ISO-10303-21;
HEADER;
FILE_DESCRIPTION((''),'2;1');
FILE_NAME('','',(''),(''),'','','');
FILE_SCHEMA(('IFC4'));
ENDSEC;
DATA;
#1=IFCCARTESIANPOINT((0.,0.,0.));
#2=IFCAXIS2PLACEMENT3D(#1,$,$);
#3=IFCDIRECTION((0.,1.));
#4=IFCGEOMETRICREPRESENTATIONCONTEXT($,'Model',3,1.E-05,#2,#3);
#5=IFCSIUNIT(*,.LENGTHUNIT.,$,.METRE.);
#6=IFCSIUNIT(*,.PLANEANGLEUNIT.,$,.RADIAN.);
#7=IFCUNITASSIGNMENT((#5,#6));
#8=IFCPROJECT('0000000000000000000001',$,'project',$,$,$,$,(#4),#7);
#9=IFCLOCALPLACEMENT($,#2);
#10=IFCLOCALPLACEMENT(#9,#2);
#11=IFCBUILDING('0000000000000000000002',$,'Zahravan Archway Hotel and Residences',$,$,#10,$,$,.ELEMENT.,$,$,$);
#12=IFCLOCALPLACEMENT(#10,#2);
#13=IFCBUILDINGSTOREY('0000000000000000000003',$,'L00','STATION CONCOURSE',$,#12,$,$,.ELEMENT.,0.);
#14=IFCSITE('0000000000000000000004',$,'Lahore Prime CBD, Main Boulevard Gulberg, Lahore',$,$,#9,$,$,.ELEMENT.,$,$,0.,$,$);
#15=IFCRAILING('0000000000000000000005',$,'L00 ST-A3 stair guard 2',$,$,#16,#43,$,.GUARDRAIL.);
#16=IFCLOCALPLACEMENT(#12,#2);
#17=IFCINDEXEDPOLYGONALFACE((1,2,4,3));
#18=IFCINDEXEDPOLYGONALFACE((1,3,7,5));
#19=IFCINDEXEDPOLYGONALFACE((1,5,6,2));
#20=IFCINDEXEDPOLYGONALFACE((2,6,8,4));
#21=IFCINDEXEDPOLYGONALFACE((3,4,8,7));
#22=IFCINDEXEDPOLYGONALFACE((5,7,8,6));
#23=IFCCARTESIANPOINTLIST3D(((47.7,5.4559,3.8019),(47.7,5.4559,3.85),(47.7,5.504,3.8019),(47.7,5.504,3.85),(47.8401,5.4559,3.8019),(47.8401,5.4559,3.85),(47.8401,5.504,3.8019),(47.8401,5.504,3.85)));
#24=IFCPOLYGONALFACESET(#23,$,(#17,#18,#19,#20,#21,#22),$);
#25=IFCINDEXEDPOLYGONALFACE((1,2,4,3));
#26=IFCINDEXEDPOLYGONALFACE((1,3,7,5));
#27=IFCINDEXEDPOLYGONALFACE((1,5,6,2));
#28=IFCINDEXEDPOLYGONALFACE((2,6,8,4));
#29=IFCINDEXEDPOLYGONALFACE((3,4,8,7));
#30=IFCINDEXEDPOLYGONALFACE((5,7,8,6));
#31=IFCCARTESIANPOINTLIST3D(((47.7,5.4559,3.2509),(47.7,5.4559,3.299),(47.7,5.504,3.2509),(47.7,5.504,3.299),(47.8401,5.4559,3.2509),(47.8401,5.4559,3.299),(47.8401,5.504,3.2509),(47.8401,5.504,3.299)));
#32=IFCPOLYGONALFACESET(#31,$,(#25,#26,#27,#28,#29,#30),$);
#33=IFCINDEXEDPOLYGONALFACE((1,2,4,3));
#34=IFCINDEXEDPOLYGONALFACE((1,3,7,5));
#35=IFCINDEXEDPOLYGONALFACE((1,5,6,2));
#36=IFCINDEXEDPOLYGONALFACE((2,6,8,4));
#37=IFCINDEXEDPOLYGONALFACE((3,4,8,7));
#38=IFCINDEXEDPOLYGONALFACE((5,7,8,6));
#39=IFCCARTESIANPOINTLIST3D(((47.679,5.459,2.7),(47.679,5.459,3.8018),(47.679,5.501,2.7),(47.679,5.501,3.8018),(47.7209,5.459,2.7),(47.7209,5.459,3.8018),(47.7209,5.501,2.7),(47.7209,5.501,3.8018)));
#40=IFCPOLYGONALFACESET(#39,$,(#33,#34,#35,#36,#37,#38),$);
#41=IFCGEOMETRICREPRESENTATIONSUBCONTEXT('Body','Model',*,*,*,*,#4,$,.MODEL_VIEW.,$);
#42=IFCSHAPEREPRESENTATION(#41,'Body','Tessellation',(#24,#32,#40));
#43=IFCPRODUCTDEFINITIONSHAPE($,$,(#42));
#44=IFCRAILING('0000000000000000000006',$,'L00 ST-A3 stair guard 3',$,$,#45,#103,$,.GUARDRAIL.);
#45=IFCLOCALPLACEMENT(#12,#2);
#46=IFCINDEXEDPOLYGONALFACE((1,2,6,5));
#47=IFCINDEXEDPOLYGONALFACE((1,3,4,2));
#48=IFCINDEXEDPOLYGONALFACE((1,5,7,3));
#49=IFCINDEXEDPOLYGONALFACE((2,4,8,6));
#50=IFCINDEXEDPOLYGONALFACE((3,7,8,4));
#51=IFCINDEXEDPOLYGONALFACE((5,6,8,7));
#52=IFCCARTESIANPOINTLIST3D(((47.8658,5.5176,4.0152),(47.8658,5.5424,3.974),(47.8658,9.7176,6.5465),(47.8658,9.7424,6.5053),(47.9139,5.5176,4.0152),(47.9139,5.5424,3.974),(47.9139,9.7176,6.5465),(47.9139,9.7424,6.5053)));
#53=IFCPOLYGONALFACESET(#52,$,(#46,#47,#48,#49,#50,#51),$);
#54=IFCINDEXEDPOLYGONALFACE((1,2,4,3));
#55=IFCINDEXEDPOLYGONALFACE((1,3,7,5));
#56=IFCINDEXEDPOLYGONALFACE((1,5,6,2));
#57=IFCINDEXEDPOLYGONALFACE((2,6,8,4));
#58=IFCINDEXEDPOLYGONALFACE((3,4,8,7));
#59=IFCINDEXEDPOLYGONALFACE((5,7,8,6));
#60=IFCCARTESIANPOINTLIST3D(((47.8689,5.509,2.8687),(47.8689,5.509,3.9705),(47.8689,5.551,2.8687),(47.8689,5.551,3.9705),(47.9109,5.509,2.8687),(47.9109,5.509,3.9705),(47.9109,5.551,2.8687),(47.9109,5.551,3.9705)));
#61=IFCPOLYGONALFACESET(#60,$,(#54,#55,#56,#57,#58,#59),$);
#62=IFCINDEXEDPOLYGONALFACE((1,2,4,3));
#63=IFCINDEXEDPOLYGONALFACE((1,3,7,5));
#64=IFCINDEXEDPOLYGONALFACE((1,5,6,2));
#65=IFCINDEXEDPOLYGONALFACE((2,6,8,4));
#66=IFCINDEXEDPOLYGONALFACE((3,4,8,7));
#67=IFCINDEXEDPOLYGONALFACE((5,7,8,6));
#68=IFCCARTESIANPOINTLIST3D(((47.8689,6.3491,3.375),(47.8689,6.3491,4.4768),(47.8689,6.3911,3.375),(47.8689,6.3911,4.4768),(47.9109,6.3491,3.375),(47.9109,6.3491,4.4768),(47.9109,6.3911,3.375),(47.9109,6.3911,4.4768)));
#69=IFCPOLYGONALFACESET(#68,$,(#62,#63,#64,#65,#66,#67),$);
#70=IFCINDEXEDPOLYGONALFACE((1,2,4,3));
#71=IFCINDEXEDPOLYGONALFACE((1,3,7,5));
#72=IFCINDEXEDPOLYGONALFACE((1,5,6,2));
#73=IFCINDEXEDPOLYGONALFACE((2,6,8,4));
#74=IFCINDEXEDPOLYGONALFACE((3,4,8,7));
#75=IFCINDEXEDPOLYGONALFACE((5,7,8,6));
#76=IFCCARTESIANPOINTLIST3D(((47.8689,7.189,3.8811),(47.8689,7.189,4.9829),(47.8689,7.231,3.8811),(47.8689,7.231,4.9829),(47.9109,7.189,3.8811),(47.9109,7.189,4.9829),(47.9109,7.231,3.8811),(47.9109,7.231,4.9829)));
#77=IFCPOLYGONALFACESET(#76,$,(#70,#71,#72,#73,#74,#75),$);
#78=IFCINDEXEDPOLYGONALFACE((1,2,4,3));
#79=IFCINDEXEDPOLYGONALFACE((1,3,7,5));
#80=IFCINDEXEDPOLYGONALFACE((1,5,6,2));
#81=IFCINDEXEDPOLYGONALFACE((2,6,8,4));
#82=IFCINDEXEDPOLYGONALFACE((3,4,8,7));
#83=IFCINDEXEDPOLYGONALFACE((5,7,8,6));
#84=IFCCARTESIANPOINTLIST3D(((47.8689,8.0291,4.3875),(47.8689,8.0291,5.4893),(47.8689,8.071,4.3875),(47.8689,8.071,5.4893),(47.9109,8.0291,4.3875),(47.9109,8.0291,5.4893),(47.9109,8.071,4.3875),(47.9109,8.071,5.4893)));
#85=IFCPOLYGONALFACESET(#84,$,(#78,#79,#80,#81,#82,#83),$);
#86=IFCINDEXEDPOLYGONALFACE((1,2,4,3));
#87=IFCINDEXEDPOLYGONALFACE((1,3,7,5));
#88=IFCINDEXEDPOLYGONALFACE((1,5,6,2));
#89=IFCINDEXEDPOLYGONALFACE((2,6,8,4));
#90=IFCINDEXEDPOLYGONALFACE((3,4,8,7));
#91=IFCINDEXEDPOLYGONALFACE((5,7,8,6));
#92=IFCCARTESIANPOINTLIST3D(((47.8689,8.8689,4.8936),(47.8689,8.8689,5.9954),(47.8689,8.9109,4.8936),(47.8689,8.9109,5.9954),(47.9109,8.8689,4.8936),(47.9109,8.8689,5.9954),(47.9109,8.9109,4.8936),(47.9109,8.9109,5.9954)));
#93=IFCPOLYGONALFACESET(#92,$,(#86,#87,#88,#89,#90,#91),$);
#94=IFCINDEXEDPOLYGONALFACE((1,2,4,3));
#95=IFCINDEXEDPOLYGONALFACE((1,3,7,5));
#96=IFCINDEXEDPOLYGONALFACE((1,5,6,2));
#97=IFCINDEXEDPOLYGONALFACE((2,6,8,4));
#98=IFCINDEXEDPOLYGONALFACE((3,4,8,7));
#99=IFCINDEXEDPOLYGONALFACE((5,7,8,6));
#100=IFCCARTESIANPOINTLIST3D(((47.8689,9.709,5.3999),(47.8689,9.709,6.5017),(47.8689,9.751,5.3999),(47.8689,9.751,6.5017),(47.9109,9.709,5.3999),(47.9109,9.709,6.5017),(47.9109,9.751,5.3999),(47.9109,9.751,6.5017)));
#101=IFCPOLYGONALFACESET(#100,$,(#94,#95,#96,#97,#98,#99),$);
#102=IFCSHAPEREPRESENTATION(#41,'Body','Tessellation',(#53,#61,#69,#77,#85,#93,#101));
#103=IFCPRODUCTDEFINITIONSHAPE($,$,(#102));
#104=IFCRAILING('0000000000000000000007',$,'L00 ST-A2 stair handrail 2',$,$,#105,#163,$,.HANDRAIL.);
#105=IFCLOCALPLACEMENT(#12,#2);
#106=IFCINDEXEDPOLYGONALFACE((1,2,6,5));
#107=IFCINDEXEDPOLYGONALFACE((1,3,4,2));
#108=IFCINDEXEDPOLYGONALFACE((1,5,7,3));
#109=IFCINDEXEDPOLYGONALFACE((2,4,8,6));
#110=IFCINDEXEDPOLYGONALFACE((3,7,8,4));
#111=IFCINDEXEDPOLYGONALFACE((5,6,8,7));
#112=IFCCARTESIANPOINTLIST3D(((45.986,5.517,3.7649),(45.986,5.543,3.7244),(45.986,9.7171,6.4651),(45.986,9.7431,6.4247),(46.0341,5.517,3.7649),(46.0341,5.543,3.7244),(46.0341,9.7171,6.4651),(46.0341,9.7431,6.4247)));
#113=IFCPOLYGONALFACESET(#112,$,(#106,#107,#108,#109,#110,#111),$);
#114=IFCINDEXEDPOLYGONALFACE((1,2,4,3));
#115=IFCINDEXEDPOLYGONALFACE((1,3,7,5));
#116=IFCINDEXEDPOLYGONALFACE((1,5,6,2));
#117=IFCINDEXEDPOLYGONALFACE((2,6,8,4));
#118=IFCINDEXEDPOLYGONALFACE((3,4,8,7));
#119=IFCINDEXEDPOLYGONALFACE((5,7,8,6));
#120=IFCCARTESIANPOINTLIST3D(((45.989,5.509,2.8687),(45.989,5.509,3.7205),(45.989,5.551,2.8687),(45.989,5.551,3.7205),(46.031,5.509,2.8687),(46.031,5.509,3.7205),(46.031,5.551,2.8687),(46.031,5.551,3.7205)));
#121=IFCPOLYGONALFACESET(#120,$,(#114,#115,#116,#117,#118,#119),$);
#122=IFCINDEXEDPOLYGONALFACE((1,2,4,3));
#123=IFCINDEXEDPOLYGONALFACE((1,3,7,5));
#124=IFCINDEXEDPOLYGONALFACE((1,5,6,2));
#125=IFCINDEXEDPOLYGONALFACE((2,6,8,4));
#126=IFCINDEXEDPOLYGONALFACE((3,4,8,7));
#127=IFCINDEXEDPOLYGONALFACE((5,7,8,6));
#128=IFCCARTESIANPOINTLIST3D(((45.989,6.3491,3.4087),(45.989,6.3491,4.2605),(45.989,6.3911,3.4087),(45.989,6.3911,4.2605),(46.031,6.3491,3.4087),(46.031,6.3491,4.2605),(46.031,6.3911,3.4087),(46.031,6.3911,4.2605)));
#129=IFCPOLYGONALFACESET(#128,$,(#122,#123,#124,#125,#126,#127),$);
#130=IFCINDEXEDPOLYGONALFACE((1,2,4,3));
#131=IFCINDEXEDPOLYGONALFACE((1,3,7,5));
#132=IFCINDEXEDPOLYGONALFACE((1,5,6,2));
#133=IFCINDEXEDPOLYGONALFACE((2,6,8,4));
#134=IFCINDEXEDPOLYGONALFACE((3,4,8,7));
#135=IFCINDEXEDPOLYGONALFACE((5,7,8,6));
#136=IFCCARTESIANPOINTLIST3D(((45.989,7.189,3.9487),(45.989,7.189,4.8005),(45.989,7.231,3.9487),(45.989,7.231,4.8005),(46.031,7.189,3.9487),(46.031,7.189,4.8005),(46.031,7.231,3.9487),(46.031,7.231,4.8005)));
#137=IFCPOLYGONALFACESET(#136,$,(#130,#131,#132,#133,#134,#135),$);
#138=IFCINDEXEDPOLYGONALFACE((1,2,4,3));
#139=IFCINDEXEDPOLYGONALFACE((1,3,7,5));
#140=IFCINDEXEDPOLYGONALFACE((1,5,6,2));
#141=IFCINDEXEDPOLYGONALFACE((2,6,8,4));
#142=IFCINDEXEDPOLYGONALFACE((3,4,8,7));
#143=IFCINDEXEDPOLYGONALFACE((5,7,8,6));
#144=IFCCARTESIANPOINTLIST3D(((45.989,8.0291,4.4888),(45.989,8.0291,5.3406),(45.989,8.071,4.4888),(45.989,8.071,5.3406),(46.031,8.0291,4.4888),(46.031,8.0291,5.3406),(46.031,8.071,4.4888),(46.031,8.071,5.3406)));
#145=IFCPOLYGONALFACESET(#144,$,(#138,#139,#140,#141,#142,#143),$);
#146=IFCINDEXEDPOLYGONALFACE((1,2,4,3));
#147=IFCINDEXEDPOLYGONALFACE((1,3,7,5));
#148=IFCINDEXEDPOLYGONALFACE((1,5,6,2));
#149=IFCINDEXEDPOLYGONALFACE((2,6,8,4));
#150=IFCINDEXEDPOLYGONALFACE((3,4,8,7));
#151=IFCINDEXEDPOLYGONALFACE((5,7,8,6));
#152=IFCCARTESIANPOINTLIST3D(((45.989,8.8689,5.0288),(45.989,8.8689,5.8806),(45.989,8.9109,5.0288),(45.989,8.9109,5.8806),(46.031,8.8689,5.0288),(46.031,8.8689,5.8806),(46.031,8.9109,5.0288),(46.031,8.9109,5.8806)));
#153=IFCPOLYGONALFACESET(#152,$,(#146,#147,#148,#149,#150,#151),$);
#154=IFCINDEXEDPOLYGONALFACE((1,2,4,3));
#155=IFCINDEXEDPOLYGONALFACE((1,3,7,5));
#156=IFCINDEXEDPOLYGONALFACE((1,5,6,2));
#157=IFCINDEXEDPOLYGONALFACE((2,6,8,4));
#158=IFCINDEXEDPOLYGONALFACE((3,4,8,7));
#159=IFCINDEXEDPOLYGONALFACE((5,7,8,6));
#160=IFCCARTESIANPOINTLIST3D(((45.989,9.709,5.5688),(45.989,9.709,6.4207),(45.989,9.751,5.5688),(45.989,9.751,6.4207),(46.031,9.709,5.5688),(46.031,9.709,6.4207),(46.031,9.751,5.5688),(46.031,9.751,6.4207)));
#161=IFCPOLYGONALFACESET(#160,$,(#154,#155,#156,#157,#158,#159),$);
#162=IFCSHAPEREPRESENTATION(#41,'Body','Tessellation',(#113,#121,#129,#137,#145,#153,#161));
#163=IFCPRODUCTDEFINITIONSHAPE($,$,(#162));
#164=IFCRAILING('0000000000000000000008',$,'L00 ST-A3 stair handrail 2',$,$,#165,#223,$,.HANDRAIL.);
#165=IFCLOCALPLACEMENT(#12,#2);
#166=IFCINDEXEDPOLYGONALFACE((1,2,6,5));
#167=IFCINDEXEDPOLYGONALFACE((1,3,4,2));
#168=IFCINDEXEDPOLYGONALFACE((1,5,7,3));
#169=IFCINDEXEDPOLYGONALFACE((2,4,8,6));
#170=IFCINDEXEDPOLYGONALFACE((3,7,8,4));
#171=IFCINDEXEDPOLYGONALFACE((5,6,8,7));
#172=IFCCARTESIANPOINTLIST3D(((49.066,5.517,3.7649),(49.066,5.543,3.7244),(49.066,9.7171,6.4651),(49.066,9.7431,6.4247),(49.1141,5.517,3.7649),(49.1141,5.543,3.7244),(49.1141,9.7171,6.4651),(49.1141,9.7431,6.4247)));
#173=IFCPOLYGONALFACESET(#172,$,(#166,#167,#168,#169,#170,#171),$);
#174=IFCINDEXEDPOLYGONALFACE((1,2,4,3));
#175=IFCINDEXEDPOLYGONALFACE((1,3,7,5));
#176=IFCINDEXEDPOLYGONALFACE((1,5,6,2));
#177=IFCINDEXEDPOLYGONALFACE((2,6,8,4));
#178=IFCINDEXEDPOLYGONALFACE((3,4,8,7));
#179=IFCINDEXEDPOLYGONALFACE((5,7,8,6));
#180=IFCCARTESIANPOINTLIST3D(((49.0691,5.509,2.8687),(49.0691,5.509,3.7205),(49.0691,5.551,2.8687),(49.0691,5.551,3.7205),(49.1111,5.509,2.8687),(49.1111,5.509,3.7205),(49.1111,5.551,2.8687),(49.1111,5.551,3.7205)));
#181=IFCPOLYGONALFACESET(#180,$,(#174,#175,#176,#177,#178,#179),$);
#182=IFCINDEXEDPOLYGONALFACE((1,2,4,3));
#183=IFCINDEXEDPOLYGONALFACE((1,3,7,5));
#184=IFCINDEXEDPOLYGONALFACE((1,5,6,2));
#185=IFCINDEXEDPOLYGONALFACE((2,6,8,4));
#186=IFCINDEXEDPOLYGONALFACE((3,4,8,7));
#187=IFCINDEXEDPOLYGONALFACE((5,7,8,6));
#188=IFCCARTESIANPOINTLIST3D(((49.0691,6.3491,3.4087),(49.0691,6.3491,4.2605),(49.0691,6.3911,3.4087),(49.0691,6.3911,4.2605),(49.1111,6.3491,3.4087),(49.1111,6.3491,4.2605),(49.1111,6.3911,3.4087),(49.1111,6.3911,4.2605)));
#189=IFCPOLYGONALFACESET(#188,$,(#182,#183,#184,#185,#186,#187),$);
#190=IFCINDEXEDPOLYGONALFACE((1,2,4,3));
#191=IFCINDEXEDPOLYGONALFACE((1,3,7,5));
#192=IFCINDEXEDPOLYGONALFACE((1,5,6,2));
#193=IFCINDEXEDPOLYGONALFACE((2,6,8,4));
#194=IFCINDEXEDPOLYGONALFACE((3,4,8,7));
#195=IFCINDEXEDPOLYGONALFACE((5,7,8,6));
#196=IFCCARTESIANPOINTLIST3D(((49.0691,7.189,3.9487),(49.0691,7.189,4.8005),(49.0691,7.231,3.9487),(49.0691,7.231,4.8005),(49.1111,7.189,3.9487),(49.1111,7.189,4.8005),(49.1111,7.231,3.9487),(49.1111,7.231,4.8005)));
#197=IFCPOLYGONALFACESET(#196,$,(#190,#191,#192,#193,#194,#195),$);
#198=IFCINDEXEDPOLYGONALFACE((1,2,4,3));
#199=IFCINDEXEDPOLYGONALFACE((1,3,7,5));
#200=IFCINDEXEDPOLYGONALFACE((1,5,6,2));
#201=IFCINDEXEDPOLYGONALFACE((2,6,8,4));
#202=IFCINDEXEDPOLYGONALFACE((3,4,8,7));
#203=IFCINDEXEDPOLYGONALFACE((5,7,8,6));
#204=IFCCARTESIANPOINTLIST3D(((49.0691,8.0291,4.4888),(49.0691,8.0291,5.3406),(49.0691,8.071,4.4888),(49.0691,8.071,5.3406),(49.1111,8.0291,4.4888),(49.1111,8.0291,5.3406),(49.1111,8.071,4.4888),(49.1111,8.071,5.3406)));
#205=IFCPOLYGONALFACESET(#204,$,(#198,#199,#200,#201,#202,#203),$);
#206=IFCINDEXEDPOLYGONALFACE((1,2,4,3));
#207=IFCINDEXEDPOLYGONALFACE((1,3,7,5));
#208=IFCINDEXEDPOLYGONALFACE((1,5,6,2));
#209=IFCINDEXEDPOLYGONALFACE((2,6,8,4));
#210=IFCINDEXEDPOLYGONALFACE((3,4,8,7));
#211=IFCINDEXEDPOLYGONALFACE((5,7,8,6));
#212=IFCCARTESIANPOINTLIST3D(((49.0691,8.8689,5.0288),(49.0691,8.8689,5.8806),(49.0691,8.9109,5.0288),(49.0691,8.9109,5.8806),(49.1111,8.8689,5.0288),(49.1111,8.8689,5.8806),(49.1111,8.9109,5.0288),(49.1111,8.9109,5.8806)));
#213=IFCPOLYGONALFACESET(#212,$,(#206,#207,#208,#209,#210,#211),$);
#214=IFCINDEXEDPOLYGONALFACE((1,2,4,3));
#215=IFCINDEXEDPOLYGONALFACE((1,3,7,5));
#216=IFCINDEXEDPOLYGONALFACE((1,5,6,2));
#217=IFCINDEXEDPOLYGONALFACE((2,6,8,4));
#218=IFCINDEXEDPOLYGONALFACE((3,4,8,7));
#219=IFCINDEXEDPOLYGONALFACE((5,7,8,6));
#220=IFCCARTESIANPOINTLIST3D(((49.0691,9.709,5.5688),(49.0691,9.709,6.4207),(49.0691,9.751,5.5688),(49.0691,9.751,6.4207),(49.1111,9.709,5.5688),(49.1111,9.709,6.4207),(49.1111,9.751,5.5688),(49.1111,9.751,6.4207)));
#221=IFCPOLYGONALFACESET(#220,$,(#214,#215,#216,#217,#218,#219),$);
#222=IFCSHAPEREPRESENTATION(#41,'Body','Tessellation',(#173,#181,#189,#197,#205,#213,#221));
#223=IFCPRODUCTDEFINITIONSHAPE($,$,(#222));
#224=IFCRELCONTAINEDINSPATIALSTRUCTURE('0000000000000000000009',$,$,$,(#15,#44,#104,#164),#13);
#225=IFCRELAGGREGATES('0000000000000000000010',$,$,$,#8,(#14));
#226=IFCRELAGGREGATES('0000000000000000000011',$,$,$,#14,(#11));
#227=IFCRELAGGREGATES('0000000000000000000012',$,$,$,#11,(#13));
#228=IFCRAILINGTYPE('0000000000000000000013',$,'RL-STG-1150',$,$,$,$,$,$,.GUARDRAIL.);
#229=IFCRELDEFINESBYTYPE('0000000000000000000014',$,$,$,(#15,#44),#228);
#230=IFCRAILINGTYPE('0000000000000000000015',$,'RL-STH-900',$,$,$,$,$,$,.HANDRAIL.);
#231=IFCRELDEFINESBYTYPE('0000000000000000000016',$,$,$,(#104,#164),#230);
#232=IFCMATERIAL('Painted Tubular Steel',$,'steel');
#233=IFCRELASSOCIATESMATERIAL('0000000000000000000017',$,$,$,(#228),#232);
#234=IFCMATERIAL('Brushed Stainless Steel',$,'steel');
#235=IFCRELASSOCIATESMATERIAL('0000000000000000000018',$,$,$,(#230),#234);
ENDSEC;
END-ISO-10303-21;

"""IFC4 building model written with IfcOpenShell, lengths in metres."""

from ifc_helpers import new_model, si_unit, direction, frame, origin, origin_2d, place, context, subcontext, project, spatial, rectangle, extrude, material, type_object, element, save


model = new_model("IFC4")

# Units and contexts
model_context = context("Model", 3, precision=1e-05, world=origin(), true_north=direction((0.0, 1.0)))
body_context = subcontext(model_context, "Body", "Model", "MODEL_VIEW")
ifc_project = project(units=[si_unit("LENGTHUNIT", "METRE"), si_unit("PLANEANGLEUNIT", "RADIAN")], contexts=[model_context])

# Site, building, storey
site_placement = place(None, origin())
site = spatial("IfcSite", under=ifc_project, at=site_placement, Name="Lahore Prime CBD, Main Boulevard Gulberg, Lahore", CompositionType="ELEMENT", RefElevation=0.0)
building_placement = place(site_placement, origin())
building = spatial("IfcBuilding", under=site, at=building_placement, Name="Zahravan Archway Hotel and Residences", CompositionType="ELEMENT")
storey_placement = place(building_placement, origin())
storey = spatial("IfcBuildingStorey", under=building, at=storey_placement, Name="L00", Description="STATION CONCOURSE", CompositionType="ELEMENT", Elevation=0.0)

# Railings
ifc_material_1 = material(Name="Painted Tubular Steel", Category="steel")
railing_type_1 = type_object("IfcRailingType", Name="RL-STG-1150", PredefinedType="GUARDRAIL", material=ifc_material_1)
railing_1_placement = place(storey_placement, frame((47.7, 5.48, 2.7)))
element("IfcRailing", 1, at=railing_1_placement, inside=storey, type_object=railing_type_1, Name="L00 ST-A3 stair guard 2", PredefinedType="GUARDRAIL", context=body_context, shape_type="SweptSolid", body=[
    extrude(rectangle(XDim=0.0481, YDim=0.0481, at=origin_2d()), frame((0.0, 0.0, 1.126), z_axis=(1.0, 0.0, 0.0), x_axis=(0.0, 1.0, 0.0)), (0.0, 0.0, 1.0), 0.1401),
    extrude(rectangle(XDim=0.0481, YDim=0.0481, at=origin_2d()), frame((0.0, 0.0, 0.575), z_axis=(1.0, 0.0, 0.0), x_axis=(0.0, 1.0, 0.0)), (0.0, 0.0, 1.0), 0.1401),
    extrude(rectangle(XDim=0.042, YDim=0.042, at=origin_2d()), origin(), (0.0, 0.0, 1.0), 1.1018),
])
railing_2_placement = place(storey_placement, frame((47.8899, 5.53, 2.8687)))
element("IfcRailing", 2, at=railing_2_placement, inside=storey, type_object=railing_type_1, Name="L00 ST-A3 stair guard 3", PredefinedType="GUARDRAIL", context=body_context, shape_type="SweptSolid", body=[
    extrude(rectangle(XDim=0.0481, YDim=0.0481, at=origin_2d()), frame((0.0, 0.0, 1.126), z_axis=(0.0, 0.856476, 0.516186), x_axis=(-1.0, 0.0, 0.0)), (0.0, 0.0, 1.0), 4.9038),
    extrude(rectangle(XDim=0.042, YDim=0.042, at=origin_2d()), origin(), (0.0, 0.0, 1.0), 1.1018),
    extrude(rectangle(XDim=0.042, YDim=0.042, at=origin_2d()), frame((0.0, 0.8401, 0.5063)), (0.0, 0.0, 1.0), 1.1018),
    extrude(rectangle(XDim=0.042, YDim=0.042, at=origin_2d()), frame((0.0, 1.6799, 1.0125)), (0.0, 0.0, 1.0), 1.1018),
    extrude(rectangle(XDim=0.042, YDim=0.042, at=origin_2d()), frame((0.0, 2.52, 1.5188)), (0.0, 0.0, 1.0), 1.1018),
    extrude(rectangle(XDim=0.042, YDim=0.042, at=origin_2d()), frame((0.0, 3.3599, 2.0249)), (0.0, 0.0, 1.0), 1.1018),
    extrude(rectangle(XDim=0.042, YDim=0.042, at=origin_2d()), frame((0.0, 4.2, 2.5312)), (0.0, 0.0, 1.0), 1.1018),
])
ifc_material_2 = material(Name="Brushed Stainless Steel", Category="steel")
railing_type_2 = type_object("IfcRailingType", Name="RL-STH-900", PredefinedType="HANDRAIL", material=ifc_material_2)
for number, where, name in (
    (3, (46.01, 5.53, 2.8687), "L00 ST-A2 stair handrail 2"),
    (4, (49.0901, 5.53, 2.8687), "L00 ST-A3 stair handrail 2"),
):
    element("IfcRailing", number, at=place(storey_placement, frame(where)), inside=storey, type_object=railing_type_2, Name=name, PredefinedType="HANDRAIL", context=body_context, shape_type="SweptSolid", body=[
        extrude(rectangle(XDim=0.0481, YDim=0.0481, at=origin_2d()), frame((0.0, 0.0, 0.876), z_axis=(0.0, 0.841158, 0.54079), x_axis=(-1.0, 0.0, 0.0)), (0.0, 0.0, 1.0), 4.9932),
        extrude(rectangle(XDim=0.042, YDim=0.042, at=origin_2d()), origin(), (0.0, 0.0, 1.0), 0.8518),
        extrude(rectangle(XDim=0.042, YDim=0.042, at=origin_2d()), frame((0.0, 0.8401, 0.54)), (0.0, 0.0, 1.0), 0.8518),
        extrude(rectangle(XDim=0.042, YDim=0.042, at=origin_2d()), frame((0.0, 1.6799, 1.0801)), (0.0, 0.0, 1.0), 0.8518),
        extrude(rectangle(XDim=0.042, YDim=0.042, at=origin_2d()), frame((0.0, 2.52, 1.6201)), (0.0, 0.0, 1.0), 0.8518),
        extrude(rectangle(XDim=0.042, YDim=0.042, at=origin_2d()), frame((0.0, 3.3599, 2.1602)), (0.0, 0.0, 1.0), 0.8518),
        extrude(rectangle(XDim=0.042, YDim=0.042, at=origin_2d()), frame((0.0, 4.2, 2.7002)), (0.0, 0.0, 1.0), 0.8518),
    ])

save(model, "model.ifc")
